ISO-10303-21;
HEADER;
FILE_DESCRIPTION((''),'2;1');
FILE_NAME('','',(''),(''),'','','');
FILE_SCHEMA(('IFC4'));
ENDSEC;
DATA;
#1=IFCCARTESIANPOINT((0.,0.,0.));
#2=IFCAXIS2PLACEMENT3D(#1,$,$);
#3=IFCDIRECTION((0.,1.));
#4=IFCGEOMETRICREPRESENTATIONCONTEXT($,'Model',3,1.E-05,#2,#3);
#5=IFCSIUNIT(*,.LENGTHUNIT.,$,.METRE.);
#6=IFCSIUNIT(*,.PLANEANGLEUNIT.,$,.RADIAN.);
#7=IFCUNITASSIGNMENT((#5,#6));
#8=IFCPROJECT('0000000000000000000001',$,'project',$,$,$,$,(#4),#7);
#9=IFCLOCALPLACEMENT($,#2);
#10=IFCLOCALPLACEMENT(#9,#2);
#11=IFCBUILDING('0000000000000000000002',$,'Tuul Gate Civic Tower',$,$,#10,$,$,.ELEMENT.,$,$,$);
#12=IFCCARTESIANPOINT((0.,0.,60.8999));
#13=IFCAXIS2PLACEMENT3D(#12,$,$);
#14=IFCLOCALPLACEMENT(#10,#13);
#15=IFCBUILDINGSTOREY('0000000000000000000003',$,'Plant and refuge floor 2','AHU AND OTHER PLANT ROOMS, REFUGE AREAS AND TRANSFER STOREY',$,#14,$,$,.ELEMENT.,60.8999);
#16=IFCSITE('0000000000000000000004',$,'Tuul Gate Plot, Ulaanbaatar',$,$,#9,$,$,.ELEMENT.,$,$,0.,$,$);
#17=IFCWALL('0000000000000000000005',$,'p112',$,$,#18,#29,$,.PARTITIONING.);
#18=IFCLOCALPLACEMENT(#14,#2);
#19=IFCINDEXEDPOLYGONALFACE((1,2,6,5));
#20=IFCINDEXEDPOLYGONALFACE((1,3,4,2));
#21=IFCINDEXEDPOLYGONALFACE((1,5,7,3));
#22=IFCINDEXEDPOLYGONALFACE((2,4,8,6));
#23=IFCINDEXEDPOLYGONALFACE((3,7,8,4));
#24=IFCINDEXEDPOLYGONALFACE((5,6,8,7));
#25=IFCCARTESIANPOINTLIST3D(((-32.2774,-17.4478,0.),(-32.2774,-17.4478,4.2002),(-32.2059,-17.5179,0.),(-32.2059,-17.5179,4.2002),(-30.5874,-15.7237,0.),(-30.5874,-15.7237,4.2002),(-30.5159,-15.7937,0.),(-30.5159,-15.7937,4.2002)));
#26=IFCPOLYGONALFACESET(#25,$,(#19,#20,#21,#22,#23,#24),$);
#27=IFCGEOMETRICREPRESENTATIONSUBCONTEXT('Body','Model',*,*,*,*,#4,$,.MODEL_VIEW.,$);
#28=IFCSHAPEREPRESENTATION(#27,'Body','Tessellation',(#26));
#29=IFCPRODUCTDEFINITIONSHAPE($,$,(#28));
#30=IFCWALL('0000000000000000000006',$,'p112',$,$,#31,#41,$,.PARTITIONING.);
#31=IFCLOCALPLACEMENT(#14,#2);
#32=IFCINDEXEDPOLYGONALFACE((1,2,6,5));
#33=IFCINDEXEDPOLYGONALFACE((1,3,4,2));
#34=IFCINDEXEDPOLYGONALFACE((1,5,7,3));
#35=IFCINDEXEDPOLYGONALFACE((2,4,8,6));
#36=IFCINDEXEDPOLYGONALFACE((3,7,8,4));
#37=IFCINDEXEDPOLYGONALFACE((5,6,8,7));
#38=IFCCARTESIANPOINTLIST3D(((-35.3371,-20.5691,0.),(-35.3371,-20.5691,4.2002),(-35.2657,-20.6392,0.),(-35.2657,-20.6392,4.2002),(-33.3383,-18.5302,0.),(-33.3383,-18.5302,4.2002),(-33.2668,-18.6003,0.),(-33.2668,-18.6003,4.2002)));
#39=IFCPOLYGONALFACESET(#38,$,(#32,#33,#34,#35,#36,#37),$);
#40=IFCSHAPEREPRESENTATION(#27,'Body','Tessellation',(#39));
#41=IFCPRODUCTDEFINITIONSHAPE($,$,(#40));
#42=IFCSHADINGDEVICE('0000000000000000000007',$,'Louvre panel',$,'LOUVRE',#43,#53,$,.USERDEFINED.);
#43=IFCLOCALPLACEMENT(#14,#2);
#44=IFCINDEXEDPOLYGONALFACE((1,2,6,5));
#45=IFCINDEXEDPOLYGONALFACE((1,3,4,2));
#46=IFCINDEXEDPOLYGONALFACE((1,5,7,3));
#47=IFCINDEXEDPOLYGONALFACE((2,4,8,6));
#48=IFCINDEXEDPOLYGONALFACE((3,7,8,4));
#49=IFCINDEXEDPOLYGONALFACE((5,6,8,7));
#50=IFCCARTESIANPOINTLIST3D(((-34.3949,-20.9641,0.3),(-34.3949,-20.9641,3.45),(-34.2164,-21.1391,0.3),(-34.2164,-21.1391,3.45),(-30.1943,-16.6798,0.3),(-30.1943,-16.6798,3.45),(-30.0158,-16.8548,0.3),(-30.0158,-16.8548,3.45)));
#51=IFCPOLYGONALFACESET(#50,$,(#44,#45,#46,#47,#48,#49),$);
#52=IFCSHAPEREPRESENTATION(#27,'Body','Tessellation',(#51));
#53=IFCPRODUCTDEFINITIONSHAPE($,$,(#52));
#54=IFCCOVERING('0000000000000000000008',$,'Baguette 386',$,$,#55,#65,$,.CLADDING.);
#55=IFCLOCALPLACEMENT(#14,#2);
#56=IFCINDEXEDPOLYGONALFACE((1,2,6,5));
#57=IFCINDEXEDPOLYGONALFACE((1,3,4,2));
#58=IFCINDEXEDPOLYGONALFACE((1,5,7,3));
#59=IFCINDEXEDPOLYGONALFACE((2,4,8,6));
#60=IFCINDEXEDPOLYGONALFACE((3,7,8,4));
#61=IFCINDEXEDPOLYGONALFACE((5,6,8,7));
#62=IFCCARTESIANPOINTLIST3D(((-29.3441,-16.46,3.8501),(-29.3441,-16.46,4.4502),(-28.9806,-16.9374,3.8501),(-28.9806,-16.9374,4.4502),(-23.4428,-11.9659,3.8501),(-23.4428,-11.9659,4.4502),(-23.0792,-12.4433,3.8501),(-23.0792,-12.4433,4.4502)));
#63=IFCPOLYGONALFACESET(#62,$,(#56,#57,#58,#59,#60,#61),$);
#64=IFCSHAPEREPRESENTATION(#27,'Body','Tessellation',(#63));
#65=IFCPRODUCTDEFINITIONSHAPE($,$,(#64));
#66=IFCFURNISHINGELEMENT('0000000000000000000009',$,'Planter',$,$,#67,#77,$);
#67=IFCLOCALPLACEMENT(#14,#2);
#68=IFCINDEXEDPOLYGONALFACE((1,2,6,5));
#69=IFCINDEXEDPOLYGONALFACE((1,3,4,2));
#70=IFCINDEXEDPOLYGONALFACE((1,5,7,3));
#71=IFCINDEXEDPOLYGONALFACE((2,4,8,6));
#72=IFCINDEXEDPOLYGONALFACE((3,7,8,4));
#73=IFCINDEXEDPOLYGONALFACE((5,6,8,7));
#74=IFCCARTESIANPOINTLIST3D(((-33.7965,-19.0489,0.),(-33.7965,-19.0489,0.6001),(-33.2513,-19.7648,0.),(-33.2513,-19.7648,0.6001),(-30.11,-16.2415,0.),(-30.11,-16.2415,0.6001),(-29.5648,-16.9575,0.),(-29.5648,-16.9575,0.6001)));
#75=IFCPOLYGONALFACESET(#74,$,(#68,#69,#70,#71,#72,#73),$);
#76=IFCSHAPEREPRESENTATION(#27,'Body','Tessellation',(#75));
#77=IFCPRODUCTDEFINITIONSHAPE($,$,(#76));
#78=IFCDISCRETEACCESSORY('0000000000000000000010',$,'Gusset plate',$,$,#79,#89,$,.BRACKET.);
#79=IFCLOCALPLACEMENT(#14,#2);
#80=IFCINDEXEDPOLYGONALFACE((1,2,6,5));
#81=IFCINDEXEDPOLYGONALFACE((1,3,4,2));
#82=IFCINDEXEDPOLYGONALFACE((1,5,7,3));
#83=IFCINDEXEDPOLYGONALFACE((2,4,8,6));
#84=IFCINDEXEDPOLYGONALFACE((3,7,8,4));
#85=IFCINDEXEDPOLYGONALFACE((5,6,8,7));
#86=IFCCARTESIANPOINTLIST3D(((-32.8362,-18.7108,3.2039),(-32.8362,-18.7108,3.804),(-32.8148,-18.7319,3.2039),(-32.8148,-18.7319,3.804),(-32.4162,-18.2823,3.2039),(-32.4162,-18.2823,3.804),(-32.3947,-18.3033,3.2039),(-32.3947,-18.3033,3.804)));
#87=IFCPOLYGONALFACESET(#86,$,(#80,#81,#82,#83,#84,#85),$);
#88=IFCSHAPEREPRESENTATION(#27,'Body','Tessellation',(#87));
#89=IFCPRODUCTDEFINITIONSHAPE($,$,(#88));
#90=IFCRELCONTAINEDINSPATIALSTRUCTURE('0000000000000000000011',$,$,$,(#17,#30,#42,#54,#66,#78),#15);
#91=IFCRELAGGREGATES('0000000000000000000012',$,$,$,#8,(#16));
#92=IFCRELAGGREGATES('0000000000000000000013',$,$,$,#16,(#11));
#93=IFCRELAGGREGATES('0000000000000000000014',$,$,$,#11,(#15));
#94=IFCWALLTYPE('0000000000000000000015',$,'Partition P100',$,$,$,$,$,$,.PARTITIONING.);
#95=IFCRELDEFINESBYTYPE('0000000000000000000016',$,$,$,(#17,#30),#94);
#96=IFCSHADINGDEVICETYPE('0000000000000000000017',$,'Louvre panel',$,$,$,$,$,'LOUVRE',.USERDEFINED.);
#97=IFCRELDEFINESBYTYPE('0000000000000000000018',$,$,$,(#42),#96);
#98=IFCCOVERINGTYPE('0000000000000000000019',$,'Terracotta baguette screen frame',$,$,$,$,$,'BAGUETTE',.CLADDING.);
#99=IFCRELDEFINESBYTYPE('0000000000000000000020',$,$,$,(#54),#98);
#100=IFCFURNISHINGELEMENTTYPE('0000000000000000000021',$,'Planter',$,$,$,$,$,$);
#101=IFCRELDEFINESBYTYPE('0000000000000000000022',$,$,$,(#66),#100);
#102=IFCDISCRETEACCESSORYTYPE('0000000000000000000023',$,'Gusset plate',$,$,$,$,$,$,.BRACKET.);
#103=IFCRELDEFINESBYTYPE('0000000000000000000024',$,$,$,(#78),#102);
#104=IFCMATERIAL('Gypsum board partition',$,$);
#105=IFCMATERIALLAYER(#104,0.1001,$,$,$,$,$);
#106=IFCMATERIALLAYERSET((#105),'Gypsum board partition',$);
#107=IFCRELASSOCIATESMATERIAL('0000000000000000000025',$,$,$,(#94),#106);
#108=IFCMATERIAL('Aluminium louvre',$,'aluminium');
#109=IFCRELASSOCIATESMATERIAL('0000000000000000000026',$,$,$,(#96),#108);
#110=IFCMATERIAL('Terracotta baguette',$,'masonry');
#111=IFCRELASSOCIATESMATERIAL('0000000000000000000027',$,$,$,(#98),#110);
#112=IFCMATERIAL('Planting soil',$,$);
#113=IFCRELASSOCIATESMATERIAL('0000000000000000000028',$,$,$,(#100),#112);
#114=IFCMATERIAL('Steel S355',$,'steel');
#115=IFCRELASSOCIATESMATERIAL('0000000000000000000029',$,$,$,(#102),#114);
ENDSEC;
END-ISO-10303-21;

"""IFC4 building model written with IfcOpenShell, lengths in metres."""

from ifc_helpers import new_model, si_unit, direction, frame, frame_2d, origin, origin_2d, place, context, subcontext, project, spatial, rectangle, extrude, material, layer, layer_set, material_profile, profile_set, type_object, element, save


model = new_model("IFC4")

# Units and contexts
model_context = context("Model", 3, precision=1e-05, world=origin(), true_north=direction((0.0, 1.0)))
body_context = subcontext(model_context, "Body", "Model", "MODEL_VIEW")
ifc_project = project(units=[si_unit("LENGTHUNIT", "METRE"), si_unit("PLANEANGLEUNIT", "RADIAN")], contexts=[model_context])

# Site, building, storey
site_placement = place(None, origin())
site = spatial("IfcSite", under=ifc_project, at=site_placement, Name="Tuul Gate Plot, Ulaanbaatar", CompositionType="ELEMENT", RefElevation=0.0)
building_placement = place(site_placement, origin())
building = spatial("IfcBuilding", under=site, at=building_placement, Name="Tuul Gate Civic Tower", CompositionType="ELEMENT")
storey_placement = place(building_placement, frame((0.0, 0.0, 60.8999)))
storey = spatial("IfcBuildingStorey", under=building, at=storey_placement, Name="Plant and refuge floor 2", Description="AHU AND OTHER PLANT ROOMS, REFUGE AREAS AND TRANSFER STOREY", CompositionType="ELEMENT", Elevation=60.8999)

# Walls
ifc_material_1 = material(Name="Gypsum board partition")
ifc_layer_1 = layer(ifc_material_1, 0.1001)
ifc_layer_set_1 = layer_set([ifc_layer_1], Name="Gypsum board partition")
wall_type_1 = type_object("IfcWallType", Name="Partition P100", PredefinedType="PARTITIONING", material=ifc_layer_set_1)
wall_1_placement = place(storey_placement, frame((-30.5518, -15.7588, 0.0), z_axis=(0.0, 0.0, 1.0), x_axis=(-0.699993, -0.71415, 0.0)))
element("IfcWall", 1, at=wall_1_placement, inside=storey, type_object=wall_type_1, Name="p112", PredefinedType="PARTITIONING", context=body_context, shape_type="SweptSolid", body=[
    extrude(rectangle(XDim=2.4143, YDim=0.1001, at=frame_2d((1.207, 0.0))), origin(), (0.0, 0.0, 1.0), 4.2002),
])
wall_2_placement = place(storey_placement, frame((-33.3025, -18.5652, 0.0), z_axis=(0.0, 0.0, 1.0), x_axis=(-0.70006, -0.714084, 0.0)))
element("IfcWall", 2, at=wall_2_placement, inside=storey, type_object=wall_type_1, Name="p112", PredefinedType="PARTITIONING", context=body_context, shape_type="SweptSolid", body=[
    extrude(rectangle(XDim=2.8552, YDim=0.1001, at=frame_2d((1.4277, 0.0))), origin(), (0.0, 0.0, 1.0), 4.2002),
])

# Shading device
ifc_material_2 = material(Name="Aluminium louvre", Category="aluminium")
shading_device_type = type_object("IfcShadingDeviceType", Name="Louvre panel", ElementType="LOUVRE", PredefinedType="USERDEFINED", material=ifc_material_2)
shading_device_placement = place(storey_placement, frame((-32.2053, -18.9094, 0.3), z_axis=(0.0, 0.0, 1.0), x_axis=(0.714048, -0.700097, 0.0)))
element("IfcShadingDevice", 3, at=shading_device_placement, inside=storey, type_object=shading_device_type, Name="Louvre panel", ObjectType="LOUVRE", PredefinedType="USERDEFINED", context=body_context, shape_type="SweptSolid", body=[
    extrude(rectangle(XDim=0.25, YDim=6.0, at=origin_2d()), origin(), (0.0, 0.0, 1.0), 3.1499),
])

# Covering
ifc_material_3 = material(Name="Terracotta baguette", Category="masonry")
ifc_material_profile_1 = material_profile(ifc_material_3, rectangle(XDim=0.6001, YDim=0.6001, at=origin_2d()), Name="Terracotta baguette screen frame")
ifc_profile_set_1 = profile_set([ifc_material_profile_1], Name="Terracotta baguette")
covering_type = type_object("IfcCoveringType", Name="Terracotta baguette screen frame", ElementType="BAGUETTE", PredefinedType="CLADDING", material=ifc_profile_set_1)
covering_placement = place(storey_placement, frame((-29.1624, -16.6987, 4.1501), z_axis=(0.795571, 0.605861, 0.0), x_axis=(-0.605861, 0.795571, 0.0)))
element("IfcCovering", 4, at=covering_placement, inside=storey, type_object=covering_type, Name="Baguette 386", PredefinedType="CLADDING", context=body_context, shape_type="SweptSolid", body=[
    extrude(rectangle(XDim=0.6001, YDim=0.6001, at=origin_2d()), origin(), (0.0, 0.0, 1.0), 7.4177),
])

# Furnishing element
ifc_material_4 = material(Name="Planting soil")
furnishing_element_type = type_object("IfcFurnishingElementType", Name="Planter", material=ifc_material_4)
furnishing_placement = place(storey_placement, frame((-31.6807, -18.0032, 0.0), z_axis=(0.0, 0.0, 1.0), x_axis=(0.795582, 0.605846, 0.0)))
element("IfcFurnishingElement", 5, at=furnishing_placement, inside=storey, type_object=furnishing_element_type, Name="Planter", context=body_context, shape_type="SweptSolid", body=[
    extrude(rectangle(XDim=4.6338, YDim=0.8999, at=origin_2d()), origin(), (0.0, 0.0, 1.0), 0.6001),
])

# Discrete accessory
ifc_material_5 = material(Name="Steel S355", Category="steel")
discrete_accessory_type = type_object("IfcDiscreteAccessoryType", Name="Gusset plate", PredefinedType="BRACKET", material=ifc_material_5)
discrete_accessory_placement = place(storey_placement, frame((-32.6155, -18.5071, 3.2039), z_axis=(0.0, 0.0, 1.0), x_axis=(0.700025, 0.714118, 0.0)))
element("IfcDiscreteAccessory", 6, at=discrete_accessory_placement, inside=storey, type_object=discrete_accessory_type, Name="Gusset plate", PredefinedType="BRACKET", context=body_context, shape_type="SweptSolid", body=[
    extrude(rectangle(XDim=0.6001, YDim=0.03, at=origin_2d()), origin(), (0.0, 0.0, 1.0), 0.6001),
])

save(model, "model.ifc")
